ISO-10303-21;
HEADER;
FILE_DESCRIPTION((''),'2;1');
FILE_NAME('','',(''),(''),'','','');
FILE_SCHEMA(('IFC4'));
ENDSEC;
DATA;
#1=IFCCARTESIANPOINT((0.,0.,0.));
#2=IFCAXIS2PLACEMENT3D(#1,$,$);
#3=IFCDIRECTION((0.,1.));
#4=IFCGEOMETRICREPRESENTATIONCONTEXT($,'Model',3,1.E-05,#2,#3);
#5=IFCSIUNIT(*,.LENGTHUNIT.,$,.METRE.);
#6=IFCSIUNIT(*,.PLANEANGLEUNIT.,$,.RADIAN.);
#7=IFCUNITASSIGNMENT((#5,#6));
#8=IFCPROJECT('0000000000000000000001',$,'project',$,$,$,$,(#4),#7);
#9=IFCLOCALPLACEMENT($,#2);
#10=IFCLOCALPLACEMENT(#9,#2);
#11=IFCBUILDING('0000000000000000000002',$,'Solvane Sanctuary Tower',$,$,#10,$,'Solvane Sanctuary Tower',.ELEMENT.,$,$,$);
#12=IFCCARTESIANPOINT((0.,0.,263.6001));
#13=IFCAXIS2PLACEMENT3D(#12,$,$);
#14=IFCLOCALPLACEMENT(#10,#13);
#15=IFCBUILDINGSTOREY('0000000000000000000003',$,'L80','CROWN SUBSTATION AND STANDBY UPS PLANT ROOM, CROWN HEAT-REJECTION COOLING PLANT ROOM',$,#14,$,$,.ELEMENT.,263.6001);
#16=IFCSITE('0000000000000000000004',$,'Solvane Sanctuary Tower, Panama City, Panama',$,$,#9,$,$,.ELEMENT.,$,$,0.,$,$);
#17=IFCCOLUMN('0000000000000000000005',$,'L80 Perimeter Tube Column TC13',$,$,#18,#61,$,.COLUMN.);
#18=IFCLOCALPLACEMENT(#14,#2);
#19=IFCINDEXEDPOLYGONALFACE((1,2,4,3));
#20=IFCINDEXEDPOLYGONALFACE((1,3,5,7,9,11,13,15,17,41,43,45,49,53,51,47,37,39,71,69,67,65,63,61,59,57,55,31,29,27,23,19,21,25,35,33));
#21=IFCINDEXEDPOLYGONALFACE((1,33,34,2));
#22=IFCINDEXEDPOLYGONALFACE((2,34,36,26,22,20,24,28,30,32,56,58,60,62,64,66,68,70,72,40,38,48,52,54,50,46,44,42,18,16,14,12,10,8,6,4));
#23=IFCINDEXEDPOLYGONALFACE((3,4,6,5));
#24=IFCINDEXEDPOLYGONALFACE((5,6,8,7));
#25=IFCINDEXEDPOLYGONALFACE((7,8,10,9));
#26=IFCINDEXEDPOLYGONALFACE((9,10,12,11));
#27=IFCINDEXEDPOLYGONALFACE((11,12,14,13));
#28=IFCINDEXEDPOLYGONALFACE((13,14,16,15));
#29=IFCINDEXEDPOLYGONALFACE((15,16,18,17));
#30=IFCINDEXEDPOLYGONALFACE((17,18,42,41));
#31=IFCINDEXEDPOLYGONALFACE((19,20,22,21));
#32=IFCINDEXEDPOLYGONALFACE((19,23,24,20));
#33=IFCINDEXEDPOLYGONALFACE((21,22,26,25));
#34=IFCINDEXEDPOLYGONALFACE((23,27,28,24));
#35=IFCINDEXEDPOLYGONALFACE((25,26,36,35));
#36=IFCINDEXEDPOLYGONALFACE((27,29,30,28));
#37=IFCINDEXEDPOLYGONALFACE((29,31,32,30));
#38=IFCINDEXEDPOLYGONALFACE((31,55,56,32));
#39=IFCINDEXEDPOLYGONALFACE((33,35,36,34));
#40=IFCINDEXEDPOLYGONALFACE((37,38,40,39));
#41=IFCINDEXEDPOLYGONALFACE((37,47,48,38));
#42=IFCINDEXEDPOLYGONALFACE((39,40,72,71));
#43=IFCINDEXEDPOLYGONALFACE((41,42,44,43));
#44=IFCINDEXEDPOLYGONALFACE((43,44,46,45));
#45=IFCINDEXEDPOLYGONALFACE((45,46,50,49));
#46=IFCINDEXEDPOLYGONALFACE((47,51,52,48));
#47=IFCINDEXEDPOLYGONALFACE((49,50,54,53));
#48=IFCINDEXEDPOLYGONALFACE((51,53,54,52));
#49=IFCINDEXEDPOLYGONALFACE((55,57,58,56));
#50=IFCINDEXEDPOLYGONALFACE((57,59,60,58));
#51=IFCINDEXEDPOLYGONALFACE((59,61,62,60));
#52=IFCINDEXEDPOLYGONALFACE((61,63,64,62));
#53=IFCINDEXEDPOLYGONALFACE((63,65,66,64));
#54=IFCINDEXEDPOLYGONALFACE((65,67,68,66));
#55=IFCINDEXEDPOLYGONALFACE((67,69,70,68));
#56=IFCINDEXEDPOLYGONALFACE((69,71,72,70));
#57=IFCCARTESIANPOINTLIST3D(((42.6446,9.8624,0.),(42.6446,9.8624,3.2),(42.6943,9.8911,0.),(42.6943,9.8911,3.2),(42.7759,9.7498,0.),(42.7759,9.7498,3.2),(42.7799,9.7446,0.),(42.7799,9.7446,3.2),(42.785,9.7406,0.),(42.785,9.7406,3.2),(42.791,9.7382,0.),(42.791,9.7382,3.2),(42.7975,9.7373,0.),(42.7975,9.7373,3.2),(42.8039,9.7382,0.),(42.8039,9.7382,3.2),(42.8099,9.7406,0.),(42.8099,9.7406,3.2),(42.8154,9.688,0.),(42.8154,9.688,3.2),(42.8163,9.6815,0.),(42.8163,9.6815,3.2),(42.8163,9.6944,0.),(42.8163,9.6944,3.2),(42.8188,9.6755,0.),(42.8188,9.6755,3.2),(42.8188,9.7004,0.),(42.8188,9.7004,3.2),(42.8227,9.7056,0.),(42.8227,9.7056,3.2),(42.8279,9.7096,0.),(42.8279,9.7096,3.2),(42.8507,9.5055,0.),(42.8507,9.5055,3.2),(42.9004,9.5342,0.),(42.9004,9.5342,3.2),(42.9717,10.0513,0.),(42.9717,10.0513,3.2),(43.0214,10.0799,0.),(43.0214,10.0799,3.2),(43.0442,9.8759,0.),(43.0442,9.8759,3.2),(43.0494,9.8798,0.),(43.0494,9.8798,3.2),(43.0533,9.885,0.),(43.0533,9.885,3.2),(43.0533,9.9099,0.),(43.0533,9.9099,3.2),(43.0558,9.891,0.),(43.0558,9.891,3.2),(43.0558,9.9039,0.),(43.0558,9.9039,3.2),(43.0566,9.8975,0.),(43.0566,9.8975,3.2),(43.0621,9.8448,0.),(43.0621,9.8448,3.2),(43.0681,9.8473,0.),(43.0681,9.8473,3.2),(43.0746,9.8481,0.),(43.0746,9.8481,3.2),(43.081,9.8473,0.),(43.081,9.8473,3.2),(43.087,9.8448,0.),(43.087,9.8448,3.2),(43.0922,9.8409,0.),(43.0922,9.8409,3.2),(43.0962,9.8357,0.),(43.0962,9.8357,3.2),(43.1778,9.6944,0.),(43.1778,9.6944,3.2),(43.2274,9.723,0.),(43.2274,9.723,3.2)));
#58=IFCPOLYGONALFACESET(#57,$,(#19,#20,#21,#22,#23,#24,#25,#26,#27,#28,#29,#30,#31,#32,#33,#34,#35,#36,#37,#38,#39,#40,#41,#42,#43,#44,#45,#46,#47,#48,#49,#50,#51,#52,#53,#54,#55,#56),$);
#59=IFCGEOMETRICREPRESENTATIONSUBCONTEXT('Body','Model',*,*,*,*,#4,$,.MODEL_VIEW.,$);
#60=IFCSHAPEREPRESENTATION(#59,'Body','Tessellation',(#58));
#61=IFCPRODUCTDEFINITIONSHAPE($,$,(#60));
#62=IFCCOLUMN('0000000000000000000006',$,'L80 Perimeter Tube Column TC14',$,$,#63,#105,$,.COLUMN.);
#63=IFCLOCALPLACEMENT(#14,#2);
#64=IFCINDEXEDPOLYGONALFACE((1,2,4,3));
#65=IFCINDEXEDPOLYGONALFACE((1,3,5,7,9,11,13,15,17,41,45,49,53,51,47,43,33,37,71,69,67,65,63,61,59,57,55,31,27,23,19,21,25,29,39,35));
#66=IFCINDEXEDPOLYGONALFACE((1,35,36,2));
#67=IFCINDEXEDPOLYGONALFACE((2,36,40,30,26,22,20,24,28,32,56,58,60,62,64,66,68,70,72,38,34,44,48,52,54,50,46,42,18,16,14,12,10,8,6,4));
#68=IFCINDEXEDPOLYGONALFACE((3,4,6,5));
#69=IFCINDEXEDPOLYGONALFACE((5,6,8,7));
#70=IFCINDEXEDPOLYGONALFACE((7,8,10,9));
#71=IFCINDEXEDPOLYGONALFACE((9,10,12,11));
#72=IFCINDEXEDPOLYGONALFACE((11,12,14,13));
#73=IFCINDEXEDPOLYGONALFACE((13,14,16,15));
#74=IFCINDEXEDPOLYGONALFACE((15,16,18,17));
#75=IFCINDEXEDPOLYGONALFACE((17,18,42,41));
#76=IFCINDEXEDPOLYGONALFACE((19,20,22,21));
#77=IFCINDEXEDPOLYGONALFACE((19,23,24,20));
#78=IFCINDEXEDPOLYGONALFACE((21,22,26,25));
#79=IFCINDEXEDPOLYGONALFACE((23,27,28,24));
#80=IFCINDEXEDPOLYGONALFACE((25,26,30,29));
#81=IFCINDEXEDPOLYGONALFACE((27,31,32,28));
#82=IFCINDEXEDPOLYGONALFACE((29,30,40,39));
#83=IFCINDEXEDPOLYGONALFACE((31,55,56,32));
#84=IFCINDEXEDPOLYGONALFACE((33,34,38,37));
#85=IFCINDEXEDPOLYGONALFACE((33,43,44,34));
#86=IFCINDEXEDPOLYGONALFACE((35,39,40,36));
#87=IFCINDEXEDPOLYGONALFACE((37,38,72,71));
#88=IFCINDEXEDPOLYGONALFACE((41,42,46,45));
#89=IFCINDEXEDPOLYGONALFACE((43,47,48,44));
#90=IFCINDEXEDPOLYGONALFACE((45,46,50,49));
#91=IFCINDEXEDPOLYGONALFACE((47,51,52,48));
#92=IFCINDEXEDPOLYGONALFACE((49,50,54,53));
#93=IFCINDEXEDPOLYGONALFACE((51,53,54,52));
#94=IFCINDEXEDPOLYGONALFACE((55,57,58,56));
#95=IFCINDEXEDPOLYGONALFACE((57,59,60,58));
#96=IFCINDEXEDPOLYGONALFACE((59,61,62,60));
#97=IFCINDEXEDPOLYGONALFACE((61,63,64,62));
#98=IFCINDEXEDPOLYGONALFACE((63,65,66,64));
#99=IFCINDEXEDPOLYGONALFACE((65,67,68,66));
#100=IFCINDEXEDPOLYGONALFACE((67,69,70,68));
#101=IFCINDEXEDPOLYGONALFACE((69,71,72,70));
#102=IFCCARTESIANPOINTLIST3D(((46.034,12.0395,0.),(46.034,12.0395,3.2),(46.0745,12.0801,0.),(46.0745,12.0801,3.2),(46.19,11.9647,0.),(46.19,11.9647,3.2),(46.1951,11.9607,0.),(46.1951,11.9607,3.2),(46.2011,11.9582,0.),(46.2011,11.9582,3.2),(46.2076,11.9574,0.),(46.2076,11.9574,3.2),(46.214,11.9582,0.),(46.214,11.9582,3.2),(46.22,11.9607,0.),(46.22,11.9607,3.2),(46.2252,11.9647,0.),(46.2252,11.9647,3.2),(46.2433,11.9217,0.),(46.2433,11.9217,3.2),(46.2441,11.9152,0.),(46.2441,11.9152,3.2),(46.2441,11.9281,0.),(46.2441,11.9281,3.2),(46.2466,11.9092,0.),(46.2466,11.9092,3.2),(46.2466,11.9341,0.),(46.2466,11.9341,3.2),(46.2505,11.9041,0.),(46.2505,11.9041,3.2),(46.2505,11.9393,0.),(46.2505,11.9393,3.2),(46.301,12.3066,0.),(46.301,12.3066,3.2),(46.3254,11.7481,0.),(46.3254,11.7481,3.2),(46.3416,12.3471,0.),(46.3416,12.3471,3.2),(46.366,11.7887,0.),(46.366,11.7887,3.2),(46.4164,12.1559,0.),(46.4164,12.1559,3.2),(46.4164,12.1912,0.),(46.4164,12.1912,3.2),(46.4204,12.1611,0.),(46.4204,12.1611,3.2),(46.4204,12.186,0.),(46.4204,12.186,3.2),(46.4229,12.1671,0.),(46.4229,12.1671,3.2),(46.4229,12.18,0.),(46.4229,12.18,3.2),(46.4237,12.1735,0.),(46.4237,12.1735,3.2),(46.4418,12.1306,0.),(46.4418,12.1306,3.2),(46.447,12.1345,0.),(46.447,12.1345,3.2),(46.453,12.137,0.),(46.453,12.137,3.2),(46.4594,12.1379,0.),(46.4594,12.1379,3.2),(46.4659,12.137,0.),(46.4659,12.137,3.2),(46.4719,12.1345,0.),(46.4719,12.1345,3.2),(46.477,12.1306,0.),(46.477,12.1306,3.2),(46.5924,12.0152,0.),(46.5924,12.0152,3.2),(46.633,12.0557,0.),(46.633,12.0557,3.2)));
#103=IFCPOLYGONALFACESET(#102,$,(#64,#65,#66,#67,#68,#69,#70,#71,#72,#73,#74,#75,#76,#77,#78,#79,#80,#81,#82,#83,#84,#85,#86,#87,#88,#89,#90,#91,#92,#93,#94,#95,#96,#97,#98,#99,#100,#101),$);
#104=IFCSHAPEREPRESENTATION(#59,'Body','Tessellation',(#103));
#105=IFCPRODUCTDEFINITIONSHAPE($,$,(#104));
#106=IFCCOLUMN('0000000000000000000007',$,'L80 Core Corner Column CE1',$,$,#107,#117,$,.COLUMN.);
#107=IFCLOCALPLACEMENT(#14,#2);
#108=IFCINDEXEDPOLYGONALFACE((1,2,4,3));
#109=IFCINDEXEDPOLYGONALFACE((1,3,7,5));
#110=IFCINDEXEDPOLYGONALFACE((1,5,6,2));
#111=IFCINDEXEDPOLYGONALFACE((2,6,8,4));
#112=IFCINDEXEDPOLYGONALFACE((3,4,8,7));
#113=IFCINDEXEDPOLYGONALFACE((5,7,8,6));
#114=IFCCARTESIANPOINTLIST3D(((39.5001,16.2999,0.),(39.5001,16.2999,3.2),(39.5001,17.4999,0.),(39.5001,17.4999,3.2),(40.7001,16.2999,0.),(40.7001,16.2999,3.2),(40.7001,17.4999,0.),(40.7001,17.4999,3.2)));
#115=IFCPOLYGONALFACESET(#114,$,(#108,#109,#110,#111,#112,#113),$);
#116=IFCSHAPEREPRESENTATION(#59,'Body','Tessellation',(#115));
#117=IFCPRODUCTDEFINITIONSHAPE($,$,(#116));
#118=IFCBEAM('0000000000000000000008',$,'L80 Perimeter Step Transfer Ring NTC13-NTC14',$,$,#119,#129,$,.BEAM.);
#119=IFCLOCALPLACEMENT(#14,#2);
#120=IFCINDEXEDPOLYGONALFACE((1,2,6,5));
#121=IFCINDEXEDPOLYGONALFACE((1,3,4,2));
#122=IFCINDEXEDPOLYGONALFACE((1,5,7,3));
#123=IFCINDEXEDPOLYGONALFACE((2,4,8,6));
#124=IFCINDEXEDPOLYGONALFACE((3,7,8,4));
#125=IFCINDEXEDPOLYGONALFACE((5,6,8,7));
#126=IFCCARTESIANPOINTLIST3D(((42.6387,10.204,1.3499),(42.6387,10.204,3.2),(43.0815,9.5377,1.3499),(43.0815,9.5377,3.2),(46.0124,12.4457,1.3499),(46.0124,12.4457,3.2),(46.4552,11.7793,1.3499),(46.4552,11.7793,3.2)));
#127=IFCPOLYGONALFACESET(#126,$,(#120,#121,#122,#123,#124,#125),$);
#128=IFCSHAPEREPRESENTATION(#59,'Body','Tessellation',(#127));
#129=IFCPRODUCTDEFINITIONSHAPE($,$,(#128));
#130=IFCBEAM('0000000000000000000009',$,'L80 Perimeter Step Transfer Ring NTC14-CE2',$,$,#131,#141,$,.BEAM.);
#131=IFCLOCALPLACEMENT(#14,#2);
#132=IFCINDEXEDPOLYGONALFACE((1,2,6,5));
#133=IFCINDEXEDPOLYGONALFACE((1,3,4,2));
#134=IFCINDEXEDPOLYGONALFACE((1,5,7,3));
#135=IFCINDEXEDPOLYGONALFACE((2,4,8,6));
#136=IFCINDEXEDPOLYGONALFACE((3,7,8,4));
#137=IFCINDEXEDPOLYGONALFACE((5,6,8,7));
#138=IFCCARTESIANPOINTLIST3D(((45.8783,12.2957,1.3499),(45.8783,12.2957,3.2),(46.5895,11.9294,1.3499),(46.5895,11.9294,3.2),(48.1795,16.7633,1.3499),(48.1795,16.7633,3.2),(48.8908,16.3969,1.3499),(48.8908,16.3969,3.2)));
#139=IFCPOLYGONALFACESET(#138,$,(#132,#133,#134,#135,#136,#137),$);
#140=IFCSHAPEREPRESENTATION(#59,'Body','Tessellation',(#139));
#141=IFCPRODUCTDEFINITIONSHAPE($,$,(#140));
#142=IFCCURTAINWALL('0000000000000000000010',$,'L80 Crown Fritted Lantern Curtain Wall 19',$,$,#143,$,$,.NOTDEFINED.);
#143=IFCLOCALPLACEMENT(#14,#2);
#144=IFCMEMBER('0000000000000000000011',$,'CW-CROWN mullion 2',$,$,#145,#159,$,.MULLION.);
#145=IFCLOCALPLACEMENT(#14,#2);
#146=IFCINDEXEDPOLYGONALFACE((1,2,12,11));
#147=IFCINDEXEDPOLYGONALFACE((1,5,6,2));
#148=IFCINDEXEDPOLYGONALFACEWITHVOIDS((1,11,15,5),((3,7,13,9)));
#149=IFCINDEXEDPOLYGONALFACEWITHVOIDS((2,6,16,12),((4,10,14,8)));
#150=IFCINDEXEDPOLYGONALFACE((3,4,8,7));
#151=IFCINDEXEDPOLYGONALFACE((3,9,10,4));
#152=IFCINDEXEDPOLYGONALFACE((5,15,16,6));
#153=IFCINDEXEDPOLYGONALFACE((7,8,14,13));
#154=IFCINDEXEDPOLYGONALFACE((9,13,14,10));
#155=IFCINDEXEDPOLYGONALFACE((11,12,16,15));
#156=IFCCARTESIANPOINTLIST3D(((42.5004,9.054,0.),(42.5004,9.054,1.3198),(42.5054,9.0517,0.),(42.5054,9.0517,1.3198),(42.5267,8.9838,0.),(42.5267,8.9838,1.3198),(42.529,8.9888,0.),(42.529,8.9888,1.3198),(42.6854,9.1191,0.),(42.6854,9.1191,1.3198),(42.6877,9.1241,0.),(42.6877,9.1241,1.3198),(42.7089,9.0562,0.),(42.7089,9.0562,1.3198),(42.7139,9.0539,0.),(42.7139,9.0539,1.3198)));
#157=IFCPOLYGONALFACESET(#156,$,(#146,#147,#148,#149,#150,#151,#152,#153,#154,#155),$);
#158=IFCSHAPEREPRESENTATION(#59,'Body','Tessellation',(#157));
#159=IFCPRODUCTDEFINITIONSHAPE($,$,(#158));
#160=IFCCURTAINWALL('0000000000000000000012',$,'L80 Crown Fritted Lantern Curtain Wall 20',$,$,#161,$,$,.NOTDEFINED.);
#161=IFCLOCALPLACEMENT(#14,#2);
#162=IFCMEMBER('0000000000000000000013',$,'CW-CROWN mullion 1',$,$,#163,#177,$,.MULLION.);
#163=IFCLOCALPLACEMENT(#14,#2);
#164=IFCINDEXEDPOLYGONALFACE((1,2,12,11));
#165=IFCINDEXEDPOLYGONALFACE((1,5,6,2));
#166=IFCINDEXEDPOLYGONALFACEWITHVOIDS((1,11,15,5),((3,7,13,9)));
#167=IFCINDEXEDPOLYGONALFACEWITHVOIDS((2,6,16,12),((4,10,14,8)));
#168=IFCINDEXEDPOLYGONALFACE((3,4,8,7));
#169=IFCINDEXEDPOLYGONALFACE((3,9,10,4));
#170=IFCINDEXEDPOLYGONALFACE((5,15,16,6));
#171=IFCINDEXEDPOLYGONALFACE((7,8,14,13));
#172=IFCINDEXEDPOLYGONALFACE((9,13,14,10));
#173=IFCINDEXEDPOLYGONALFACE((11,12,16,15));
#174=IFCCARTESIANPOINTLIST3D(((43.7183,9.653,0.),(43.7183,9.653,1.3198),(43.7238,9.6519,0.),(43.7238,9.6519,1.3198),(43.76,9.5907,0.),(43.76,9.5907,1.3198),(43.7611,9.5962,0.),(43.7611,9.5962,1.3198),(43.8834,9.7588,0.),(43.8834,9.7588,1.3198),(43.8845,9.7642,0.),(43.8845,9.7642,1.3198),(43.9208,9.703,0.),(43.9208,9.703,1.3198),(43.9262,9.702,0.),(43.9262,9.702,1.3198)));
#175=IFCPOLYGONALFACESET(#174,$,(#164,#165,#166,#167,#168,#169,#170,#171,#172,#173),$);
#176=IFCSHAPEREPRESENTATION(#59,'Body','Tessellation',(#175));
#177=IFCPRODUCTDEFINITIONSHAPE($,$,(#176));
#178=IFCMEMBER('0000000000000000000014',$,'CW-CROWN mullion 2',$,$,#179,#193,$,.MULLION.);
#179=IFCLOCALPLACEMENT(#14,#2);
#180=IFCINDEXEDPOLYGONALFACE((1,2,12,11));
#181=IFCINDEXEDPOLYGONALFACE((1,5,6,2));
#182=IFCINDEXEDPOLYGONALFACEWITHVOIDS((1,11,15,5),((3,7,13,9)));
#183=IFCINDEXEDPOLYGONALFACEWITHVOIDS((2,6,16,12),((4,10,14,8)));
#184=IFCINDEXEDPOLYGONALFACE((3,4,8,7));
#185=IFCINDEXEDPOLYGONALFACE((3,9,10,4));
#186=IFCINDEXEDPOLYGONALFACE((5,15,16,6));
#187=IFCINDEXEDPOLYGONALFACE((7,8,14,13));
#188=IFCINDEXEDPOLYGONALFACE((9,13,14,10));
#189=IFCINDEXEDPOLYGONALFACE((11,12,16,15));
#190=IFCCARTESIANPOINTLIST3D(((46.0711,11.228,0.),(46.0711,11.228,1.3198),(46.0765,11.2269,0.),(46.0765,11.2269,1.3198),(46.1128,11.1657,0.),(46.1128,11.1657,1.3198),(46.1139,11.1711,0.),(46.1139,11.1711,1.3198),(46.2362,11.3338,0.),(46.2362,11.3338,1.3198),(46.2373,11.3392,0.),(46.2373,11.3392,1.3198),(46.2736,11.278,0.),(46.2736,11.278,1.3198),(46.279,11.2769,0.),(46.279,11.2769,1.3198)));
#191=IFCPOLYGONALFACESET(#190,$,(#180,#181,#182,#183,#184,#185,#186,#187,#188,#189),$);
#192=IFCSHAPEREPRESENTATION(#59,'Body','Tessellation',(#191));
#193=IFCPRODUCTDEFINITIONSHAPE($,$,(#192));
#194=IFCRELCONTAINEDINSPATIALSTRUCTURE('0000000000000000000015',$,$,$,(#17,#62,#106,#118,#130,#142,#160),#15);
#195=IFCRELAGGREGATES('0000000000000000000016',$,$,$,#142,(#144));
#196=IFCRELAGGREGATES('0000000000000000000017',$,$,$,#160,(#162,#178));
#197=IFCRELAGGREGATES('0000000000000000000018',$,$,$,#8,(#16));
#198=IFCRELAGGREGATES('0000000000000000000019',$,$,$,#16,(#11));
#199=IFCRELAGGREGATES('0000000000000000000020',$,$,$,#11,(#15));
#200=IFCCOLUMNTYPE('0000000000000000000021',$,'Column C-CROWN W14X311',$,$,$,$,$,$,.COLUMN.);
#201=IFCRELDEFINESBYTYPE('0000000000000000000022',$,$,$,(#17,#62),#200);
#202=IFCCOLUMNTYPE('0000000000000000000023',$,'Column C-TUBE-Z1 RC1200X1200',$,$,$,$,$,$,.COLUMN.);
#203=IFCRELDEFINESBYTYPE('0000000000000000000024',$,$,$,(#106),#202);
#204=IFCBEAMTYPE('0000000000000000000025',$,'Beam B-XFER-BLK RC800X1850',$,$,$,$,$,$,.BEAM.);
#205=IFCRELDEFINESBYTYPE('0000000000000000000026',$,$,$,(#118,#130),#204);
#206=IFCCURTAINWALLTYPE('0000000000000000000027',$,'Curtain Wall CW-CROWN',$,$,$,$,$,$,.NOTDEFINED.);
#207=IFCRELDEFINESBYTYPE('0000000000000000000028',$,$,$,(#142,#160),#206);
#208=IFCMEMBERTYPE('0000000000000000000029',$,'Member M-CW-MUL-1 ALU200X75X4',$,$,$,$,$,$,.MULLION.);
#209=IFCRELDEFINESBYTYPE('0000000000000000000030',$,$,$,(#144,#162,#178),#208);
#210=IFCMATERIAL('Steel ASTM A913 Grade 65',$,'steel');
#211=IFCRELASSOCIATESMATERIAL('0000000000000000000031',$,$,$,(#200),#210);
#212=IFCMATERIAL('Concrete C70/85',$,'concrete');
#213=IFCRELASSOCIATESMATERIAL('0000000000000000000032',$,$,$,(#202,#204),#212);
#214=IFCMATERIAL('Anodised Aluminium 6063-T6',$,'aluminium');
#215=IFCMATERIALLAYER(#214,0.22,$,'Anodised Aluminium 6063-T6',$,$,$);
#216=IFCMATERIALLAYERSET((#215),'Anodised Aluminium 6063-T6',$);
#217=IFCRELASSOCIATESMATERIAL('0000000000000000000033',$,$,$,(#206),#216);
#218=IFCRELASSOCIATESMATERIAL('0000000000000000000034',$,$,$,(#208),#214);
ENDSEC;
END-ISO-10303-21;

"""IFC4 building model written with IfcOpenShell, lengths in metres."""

from ifc_helpers import new_model, si_unit, direction, frame, origin, origin_2d, place, context, subcontext, project, spatial, rectangle, hollow_rectangle, i_section, extrude, material, layer, layer_set, material_profile, profile_set, type_object, element, aggregate, save


model = new_model("IFC4")

# Units and contexts
model_context = context("Model", 3, precision=1e-05, world=origin(), true_north=direction((0.0, 1.0)))
body_context = subcontext(model_context, "Body", "Model", "MODEL_VIEW")
ifc_project = project(units=[si_unit("LENGTHUNIT", "METRE"), si_unit("PLANEANGLEUNIT", "RADIAN")], contexts=[model_context])

# Site, building, storey
site_placement = place(None, origin())
site = spatial("IfcSite", under=ifc_project, at=site_placement, Name="Solvane Sanctuary Tower, Panama City, Panama", CompositionType="ELEMENT", RefElevation=0.0)
building_placement = place(site_placement, origin())
building = spatial("IfcBuilding", under=site, at=building_placement, Name="Solvane Sanctuary Tower", LongName="Solvane Sanctuary Tower", CompositionType="ELEMENT")
storey_placement = place(building_placement, frame((0.0, 0.0, 263.6001)))
storey = spatial("IfcBuildingStorey", under=building, at=storey_placement, Name="L80", Description="CROWN SUBSTATION AND STANDBY UPS PLANT ROOM, CROWN HEAT-REJECTION COOLING PLANT ROOM", CompositionType="ELEMENT", Elevation=263.6001)

# Columns
ifc_material_1 = material(Name="Steel ASTM A913 Grade 65", Category="steel")
ifc_material_profile_1 = material_profile(ifc_material_1, i_section(OverallWidth=0.4121, OverallDepth=0.4351, WebThickness=0.0359, FlangeThickness=0.0574, FilletRadius=0.0249, at=origin_2d()), Name="W14X311")
ifc_profile_set_1 = profile_set([ifc_material_profile_1], Name="Steel ASTM A913 Grade 65")
column_type_1 = type_object("IfcColumnType", Name="Column C-CROWN W14X311", PredefinedType="COLUMN", material=ifc_profile_set_1)
for number, where, z_axis, x_axis, name in (
    (1, (42.936, 9.7927, 0.0), (0.0, 0.0, 1.0), (0.5, -0.866025, 0.0), "L80 Perimeter Tube Column TC13"),
    (2, (46.3335, 12.0476, 0.0), (0.0, 0.0, 1.0), (0.707107, -0.707107, 0.0), "L80 Perimeter Tube Column TC14"),
):
    element("IfcColumn", number, at=place(storey_placement, frame(where, z_axis=z_axis, x_axis=x_axis)), inside=storey, type_object=column_type_1, Name=name, PredefinedType="COLUMN", context=body_context, shape_type="SweptSolid", body=[
        extrude(i_section(OverallWidth=0.4121, OverallDepth=0.4351, WebThickness=0.0359, FlangeThickness=0.0574, FilletRadius=0.0249, at=origin_2d()), origin(), (0.0, 0.0, 1.0), 3.2),
    ])
ifc_material_2 = material(Name="Concrete C70/85", Category="concrete")
ifc_material_profile_2 = material_profile(ifc_material_2, rectangle(XDim=1.2, YDim=1.2, at=origin_2d()), Name="RC1200X1200")
ifc_profile_set_2 = profile_set([ifc_material_profile_2], Name="Concrete C70/85")
column_type_2 = type_object("IfcColumnType", Name="Column C-TUBE-Z1 RC1200X1200", PredefinedType="COLUMN", material=ifc_profile_set_2)
column_placement = place(storey_placement, frame((40.1001, 16.8999, 0.0), z_axis=(0.0, 0.0, 1.0), x_axis=(1.0, 0.0, 0.0)))
element("IfcColumn", 3, at=column_placement, inside=storey, type_object=column_type_2, Name="L80 Core Corner Column CE1", PredefinedType="COLUMN", context=body_context, shape_type="SweptSolid", body=[
    extrude(rectangle(XDim=1.2, YDim=1.2, at=origin_2d()), origin(), (0.0, 0.0, 1.0), 3.2),
])

# Beams
ifc_material_profile_3 = material_profile(ifc_material_2, rectangle(XDim=0.8, YDim=1.8501, at=origin_2d()), Name="RC800X1850")
ifc_profile_set_3 = profile_set([ifc_material_profile_3], Name="Concrete C70/85")
beam_type = type_object("IfcBeamType", Name="Beam B-XFER-BLK RC800X1850", PredefinedType="BEAM", material=ifc_profile_set_3)
beam_1_placement = place(storey_placement, frame((42.8601, 9.8708, 2.2749), z_axis=(0.832902, 0.55342, 0.0), x_axis=(-0.55342, 0.832902, 0.0)))
element("IfcBeam", 4, at=beam_1_placement, inside=storey, type_object=beam_type, Name="L80 Perimeter Step Transfer Ring NTC13-NTC14", PredefinedType="BEAM", context=body_context, shape_type="SweptSolid", body=[
    extrude(rectangle(XDim=0.8, YDim=1.8501, at=origin_2d()), origin(), (0.0, 0.0, 1.0), 4.0505),
])
beam_2_placement = place(storey_placement, frame((46.2339, 12.1125, 2.2749), z_axis=(0.457928, 0.88899, 0.0), x_axis=(-0.88899, 0.457928, 0.0)))
element("IfcBeam", 5, at=beam_2_placement, inside=storey, type_object=beam_type, Name="L80 Perimeter Step Transfer Ring NTC14-CE2", PredefinedType="BEAM", context=body_context, shape_type="SweptSolid", body=[
    extrude(rectangle(XDim=0.8, YDim=1.8501, at=origin_2d()), origin(), (0.0, 0.0, 1.0), 5.0254),
])

# Curtain wall, member
ifc_material_3 = material(Name="Anodised Aluminium 6063-T6", Category="aluminium")
ifc_layer_1 = layer(ifc_material_3, 0.22, Name="Anodised Aluminium 6063-T6")
ifc_layer_set_1 = layer_set([ifc_layer_1], Name="Anodised Aluminium 6063-T6")
curtain_wall_type = type_object("IfcCurtainWallType", Name="Curtain Wall CW-CROWN", PredefinedType="NOTDEFINED", material=ifc_layer_set_1)
curtain_wall_1_placement = place(storey_placement, origin())
curtain_wall_1 = element("IfcCurtainWall", 6, at=curtain_wall_1_placement, inside=storey, type_object=curtain_wall_type, Name="L80 Crown Fritted Lantern Curtain Wall 19", PredefinedType="NOTDEFINED")
ifc_material_profile_4 = material_profile(ifc_material_3, hollow_rectangle(XDim=0.075, YDim=0.2, WallThickness=0.0039, at=origin_2d()), Name="ALU200X75X4")
ifc_profile_set_4 = profile_set([ifc_material_profile_4], Name="Anodised Aluminium 6063-T6")
member_type_1 = type_object("IfcMemberType", Name="Member M-CW-MUL-1 ALU200X75X4", PredefinedType="MULLION", material=ifc_profile_set_4)
member_1_placement = place(storey_placement, frame((42.6072, 9.054, 0.0), z_axis=(0.0, 0.0, 1.0), x_axis=(-0.350518, 0.936556, 0.0)))
member_1 = element("IfcMember", 7, at=member_1_placement, type_object=member_type_1, Name="CW-CROWN mullion 2", PredefinedType="MULLION", context=body_context, shape_type="SweptSolid", body=[
    extrude(hollow_rectangle(XDim=0.075, YDim=0.2, WallThickness=0.0039, at=origin_2d()), origin(), (0.0, 0.0, 1.0), 1.3198),
])

# Curtain wall, members
curtain_wall_2_placement = place(storey_placement, origin())
curtain_wall_2 = element("IfcCurtainWall", 8, at=curtain_wall_2_placement, inside=storey, type_object=curtain_wall_type, Name="L80 Crown Fritted Lantern Curtain Wall 20", PredefinedType="NOTDEFINED")
member_2_placement = place(storey_placement, frame((43.8223, 9.6775, 0.0), z_axis=(0.0, 0.0, 1.0), x_axis=(-0.556279, 0.830995, 0.0)))
member_2 = element("IfcMember", 9, at=member_2_placement, type_object=member_type_1, Name="CW-CROWN mullion 1", PredefinedType="MULLION", context=body_context, shape_type="SweptSolid", body=[
    extrude(hollow_rectangle(XDim=0.075, YDim=0.2, WallThickness=0.0039, at=origin_2d()), origin(), (0.0, 0.0, 1.0), 1.3198),
])
member_3_placement = place(storey_placement, frame((46.175, 11.2524, 0.0), z_axis=(0.0, 0.0, 1.0), x_axis=(-0.556279, 0.830995, 0.0)))
member_3 = element("IfcMember", 10, at=member_3_placement, type_object=member_type_1, Name="CW-CROWN mullion 2", PredefinedType="MULLION", context=body_context, shape_type="SweptSolid", body=[
    extrude(hollow_rectangle(XDim=0.075, YDim=0.2, WallThickness=0.0039, at=origin_2d()), origin(), (0.0, 0.0, 1.0), 1.3198),
])

aggregate(curtain_wall_1, [member_1])
aggregate(curtain_wall_2, [member_2, member_3])

save(model, "model.ifc")
